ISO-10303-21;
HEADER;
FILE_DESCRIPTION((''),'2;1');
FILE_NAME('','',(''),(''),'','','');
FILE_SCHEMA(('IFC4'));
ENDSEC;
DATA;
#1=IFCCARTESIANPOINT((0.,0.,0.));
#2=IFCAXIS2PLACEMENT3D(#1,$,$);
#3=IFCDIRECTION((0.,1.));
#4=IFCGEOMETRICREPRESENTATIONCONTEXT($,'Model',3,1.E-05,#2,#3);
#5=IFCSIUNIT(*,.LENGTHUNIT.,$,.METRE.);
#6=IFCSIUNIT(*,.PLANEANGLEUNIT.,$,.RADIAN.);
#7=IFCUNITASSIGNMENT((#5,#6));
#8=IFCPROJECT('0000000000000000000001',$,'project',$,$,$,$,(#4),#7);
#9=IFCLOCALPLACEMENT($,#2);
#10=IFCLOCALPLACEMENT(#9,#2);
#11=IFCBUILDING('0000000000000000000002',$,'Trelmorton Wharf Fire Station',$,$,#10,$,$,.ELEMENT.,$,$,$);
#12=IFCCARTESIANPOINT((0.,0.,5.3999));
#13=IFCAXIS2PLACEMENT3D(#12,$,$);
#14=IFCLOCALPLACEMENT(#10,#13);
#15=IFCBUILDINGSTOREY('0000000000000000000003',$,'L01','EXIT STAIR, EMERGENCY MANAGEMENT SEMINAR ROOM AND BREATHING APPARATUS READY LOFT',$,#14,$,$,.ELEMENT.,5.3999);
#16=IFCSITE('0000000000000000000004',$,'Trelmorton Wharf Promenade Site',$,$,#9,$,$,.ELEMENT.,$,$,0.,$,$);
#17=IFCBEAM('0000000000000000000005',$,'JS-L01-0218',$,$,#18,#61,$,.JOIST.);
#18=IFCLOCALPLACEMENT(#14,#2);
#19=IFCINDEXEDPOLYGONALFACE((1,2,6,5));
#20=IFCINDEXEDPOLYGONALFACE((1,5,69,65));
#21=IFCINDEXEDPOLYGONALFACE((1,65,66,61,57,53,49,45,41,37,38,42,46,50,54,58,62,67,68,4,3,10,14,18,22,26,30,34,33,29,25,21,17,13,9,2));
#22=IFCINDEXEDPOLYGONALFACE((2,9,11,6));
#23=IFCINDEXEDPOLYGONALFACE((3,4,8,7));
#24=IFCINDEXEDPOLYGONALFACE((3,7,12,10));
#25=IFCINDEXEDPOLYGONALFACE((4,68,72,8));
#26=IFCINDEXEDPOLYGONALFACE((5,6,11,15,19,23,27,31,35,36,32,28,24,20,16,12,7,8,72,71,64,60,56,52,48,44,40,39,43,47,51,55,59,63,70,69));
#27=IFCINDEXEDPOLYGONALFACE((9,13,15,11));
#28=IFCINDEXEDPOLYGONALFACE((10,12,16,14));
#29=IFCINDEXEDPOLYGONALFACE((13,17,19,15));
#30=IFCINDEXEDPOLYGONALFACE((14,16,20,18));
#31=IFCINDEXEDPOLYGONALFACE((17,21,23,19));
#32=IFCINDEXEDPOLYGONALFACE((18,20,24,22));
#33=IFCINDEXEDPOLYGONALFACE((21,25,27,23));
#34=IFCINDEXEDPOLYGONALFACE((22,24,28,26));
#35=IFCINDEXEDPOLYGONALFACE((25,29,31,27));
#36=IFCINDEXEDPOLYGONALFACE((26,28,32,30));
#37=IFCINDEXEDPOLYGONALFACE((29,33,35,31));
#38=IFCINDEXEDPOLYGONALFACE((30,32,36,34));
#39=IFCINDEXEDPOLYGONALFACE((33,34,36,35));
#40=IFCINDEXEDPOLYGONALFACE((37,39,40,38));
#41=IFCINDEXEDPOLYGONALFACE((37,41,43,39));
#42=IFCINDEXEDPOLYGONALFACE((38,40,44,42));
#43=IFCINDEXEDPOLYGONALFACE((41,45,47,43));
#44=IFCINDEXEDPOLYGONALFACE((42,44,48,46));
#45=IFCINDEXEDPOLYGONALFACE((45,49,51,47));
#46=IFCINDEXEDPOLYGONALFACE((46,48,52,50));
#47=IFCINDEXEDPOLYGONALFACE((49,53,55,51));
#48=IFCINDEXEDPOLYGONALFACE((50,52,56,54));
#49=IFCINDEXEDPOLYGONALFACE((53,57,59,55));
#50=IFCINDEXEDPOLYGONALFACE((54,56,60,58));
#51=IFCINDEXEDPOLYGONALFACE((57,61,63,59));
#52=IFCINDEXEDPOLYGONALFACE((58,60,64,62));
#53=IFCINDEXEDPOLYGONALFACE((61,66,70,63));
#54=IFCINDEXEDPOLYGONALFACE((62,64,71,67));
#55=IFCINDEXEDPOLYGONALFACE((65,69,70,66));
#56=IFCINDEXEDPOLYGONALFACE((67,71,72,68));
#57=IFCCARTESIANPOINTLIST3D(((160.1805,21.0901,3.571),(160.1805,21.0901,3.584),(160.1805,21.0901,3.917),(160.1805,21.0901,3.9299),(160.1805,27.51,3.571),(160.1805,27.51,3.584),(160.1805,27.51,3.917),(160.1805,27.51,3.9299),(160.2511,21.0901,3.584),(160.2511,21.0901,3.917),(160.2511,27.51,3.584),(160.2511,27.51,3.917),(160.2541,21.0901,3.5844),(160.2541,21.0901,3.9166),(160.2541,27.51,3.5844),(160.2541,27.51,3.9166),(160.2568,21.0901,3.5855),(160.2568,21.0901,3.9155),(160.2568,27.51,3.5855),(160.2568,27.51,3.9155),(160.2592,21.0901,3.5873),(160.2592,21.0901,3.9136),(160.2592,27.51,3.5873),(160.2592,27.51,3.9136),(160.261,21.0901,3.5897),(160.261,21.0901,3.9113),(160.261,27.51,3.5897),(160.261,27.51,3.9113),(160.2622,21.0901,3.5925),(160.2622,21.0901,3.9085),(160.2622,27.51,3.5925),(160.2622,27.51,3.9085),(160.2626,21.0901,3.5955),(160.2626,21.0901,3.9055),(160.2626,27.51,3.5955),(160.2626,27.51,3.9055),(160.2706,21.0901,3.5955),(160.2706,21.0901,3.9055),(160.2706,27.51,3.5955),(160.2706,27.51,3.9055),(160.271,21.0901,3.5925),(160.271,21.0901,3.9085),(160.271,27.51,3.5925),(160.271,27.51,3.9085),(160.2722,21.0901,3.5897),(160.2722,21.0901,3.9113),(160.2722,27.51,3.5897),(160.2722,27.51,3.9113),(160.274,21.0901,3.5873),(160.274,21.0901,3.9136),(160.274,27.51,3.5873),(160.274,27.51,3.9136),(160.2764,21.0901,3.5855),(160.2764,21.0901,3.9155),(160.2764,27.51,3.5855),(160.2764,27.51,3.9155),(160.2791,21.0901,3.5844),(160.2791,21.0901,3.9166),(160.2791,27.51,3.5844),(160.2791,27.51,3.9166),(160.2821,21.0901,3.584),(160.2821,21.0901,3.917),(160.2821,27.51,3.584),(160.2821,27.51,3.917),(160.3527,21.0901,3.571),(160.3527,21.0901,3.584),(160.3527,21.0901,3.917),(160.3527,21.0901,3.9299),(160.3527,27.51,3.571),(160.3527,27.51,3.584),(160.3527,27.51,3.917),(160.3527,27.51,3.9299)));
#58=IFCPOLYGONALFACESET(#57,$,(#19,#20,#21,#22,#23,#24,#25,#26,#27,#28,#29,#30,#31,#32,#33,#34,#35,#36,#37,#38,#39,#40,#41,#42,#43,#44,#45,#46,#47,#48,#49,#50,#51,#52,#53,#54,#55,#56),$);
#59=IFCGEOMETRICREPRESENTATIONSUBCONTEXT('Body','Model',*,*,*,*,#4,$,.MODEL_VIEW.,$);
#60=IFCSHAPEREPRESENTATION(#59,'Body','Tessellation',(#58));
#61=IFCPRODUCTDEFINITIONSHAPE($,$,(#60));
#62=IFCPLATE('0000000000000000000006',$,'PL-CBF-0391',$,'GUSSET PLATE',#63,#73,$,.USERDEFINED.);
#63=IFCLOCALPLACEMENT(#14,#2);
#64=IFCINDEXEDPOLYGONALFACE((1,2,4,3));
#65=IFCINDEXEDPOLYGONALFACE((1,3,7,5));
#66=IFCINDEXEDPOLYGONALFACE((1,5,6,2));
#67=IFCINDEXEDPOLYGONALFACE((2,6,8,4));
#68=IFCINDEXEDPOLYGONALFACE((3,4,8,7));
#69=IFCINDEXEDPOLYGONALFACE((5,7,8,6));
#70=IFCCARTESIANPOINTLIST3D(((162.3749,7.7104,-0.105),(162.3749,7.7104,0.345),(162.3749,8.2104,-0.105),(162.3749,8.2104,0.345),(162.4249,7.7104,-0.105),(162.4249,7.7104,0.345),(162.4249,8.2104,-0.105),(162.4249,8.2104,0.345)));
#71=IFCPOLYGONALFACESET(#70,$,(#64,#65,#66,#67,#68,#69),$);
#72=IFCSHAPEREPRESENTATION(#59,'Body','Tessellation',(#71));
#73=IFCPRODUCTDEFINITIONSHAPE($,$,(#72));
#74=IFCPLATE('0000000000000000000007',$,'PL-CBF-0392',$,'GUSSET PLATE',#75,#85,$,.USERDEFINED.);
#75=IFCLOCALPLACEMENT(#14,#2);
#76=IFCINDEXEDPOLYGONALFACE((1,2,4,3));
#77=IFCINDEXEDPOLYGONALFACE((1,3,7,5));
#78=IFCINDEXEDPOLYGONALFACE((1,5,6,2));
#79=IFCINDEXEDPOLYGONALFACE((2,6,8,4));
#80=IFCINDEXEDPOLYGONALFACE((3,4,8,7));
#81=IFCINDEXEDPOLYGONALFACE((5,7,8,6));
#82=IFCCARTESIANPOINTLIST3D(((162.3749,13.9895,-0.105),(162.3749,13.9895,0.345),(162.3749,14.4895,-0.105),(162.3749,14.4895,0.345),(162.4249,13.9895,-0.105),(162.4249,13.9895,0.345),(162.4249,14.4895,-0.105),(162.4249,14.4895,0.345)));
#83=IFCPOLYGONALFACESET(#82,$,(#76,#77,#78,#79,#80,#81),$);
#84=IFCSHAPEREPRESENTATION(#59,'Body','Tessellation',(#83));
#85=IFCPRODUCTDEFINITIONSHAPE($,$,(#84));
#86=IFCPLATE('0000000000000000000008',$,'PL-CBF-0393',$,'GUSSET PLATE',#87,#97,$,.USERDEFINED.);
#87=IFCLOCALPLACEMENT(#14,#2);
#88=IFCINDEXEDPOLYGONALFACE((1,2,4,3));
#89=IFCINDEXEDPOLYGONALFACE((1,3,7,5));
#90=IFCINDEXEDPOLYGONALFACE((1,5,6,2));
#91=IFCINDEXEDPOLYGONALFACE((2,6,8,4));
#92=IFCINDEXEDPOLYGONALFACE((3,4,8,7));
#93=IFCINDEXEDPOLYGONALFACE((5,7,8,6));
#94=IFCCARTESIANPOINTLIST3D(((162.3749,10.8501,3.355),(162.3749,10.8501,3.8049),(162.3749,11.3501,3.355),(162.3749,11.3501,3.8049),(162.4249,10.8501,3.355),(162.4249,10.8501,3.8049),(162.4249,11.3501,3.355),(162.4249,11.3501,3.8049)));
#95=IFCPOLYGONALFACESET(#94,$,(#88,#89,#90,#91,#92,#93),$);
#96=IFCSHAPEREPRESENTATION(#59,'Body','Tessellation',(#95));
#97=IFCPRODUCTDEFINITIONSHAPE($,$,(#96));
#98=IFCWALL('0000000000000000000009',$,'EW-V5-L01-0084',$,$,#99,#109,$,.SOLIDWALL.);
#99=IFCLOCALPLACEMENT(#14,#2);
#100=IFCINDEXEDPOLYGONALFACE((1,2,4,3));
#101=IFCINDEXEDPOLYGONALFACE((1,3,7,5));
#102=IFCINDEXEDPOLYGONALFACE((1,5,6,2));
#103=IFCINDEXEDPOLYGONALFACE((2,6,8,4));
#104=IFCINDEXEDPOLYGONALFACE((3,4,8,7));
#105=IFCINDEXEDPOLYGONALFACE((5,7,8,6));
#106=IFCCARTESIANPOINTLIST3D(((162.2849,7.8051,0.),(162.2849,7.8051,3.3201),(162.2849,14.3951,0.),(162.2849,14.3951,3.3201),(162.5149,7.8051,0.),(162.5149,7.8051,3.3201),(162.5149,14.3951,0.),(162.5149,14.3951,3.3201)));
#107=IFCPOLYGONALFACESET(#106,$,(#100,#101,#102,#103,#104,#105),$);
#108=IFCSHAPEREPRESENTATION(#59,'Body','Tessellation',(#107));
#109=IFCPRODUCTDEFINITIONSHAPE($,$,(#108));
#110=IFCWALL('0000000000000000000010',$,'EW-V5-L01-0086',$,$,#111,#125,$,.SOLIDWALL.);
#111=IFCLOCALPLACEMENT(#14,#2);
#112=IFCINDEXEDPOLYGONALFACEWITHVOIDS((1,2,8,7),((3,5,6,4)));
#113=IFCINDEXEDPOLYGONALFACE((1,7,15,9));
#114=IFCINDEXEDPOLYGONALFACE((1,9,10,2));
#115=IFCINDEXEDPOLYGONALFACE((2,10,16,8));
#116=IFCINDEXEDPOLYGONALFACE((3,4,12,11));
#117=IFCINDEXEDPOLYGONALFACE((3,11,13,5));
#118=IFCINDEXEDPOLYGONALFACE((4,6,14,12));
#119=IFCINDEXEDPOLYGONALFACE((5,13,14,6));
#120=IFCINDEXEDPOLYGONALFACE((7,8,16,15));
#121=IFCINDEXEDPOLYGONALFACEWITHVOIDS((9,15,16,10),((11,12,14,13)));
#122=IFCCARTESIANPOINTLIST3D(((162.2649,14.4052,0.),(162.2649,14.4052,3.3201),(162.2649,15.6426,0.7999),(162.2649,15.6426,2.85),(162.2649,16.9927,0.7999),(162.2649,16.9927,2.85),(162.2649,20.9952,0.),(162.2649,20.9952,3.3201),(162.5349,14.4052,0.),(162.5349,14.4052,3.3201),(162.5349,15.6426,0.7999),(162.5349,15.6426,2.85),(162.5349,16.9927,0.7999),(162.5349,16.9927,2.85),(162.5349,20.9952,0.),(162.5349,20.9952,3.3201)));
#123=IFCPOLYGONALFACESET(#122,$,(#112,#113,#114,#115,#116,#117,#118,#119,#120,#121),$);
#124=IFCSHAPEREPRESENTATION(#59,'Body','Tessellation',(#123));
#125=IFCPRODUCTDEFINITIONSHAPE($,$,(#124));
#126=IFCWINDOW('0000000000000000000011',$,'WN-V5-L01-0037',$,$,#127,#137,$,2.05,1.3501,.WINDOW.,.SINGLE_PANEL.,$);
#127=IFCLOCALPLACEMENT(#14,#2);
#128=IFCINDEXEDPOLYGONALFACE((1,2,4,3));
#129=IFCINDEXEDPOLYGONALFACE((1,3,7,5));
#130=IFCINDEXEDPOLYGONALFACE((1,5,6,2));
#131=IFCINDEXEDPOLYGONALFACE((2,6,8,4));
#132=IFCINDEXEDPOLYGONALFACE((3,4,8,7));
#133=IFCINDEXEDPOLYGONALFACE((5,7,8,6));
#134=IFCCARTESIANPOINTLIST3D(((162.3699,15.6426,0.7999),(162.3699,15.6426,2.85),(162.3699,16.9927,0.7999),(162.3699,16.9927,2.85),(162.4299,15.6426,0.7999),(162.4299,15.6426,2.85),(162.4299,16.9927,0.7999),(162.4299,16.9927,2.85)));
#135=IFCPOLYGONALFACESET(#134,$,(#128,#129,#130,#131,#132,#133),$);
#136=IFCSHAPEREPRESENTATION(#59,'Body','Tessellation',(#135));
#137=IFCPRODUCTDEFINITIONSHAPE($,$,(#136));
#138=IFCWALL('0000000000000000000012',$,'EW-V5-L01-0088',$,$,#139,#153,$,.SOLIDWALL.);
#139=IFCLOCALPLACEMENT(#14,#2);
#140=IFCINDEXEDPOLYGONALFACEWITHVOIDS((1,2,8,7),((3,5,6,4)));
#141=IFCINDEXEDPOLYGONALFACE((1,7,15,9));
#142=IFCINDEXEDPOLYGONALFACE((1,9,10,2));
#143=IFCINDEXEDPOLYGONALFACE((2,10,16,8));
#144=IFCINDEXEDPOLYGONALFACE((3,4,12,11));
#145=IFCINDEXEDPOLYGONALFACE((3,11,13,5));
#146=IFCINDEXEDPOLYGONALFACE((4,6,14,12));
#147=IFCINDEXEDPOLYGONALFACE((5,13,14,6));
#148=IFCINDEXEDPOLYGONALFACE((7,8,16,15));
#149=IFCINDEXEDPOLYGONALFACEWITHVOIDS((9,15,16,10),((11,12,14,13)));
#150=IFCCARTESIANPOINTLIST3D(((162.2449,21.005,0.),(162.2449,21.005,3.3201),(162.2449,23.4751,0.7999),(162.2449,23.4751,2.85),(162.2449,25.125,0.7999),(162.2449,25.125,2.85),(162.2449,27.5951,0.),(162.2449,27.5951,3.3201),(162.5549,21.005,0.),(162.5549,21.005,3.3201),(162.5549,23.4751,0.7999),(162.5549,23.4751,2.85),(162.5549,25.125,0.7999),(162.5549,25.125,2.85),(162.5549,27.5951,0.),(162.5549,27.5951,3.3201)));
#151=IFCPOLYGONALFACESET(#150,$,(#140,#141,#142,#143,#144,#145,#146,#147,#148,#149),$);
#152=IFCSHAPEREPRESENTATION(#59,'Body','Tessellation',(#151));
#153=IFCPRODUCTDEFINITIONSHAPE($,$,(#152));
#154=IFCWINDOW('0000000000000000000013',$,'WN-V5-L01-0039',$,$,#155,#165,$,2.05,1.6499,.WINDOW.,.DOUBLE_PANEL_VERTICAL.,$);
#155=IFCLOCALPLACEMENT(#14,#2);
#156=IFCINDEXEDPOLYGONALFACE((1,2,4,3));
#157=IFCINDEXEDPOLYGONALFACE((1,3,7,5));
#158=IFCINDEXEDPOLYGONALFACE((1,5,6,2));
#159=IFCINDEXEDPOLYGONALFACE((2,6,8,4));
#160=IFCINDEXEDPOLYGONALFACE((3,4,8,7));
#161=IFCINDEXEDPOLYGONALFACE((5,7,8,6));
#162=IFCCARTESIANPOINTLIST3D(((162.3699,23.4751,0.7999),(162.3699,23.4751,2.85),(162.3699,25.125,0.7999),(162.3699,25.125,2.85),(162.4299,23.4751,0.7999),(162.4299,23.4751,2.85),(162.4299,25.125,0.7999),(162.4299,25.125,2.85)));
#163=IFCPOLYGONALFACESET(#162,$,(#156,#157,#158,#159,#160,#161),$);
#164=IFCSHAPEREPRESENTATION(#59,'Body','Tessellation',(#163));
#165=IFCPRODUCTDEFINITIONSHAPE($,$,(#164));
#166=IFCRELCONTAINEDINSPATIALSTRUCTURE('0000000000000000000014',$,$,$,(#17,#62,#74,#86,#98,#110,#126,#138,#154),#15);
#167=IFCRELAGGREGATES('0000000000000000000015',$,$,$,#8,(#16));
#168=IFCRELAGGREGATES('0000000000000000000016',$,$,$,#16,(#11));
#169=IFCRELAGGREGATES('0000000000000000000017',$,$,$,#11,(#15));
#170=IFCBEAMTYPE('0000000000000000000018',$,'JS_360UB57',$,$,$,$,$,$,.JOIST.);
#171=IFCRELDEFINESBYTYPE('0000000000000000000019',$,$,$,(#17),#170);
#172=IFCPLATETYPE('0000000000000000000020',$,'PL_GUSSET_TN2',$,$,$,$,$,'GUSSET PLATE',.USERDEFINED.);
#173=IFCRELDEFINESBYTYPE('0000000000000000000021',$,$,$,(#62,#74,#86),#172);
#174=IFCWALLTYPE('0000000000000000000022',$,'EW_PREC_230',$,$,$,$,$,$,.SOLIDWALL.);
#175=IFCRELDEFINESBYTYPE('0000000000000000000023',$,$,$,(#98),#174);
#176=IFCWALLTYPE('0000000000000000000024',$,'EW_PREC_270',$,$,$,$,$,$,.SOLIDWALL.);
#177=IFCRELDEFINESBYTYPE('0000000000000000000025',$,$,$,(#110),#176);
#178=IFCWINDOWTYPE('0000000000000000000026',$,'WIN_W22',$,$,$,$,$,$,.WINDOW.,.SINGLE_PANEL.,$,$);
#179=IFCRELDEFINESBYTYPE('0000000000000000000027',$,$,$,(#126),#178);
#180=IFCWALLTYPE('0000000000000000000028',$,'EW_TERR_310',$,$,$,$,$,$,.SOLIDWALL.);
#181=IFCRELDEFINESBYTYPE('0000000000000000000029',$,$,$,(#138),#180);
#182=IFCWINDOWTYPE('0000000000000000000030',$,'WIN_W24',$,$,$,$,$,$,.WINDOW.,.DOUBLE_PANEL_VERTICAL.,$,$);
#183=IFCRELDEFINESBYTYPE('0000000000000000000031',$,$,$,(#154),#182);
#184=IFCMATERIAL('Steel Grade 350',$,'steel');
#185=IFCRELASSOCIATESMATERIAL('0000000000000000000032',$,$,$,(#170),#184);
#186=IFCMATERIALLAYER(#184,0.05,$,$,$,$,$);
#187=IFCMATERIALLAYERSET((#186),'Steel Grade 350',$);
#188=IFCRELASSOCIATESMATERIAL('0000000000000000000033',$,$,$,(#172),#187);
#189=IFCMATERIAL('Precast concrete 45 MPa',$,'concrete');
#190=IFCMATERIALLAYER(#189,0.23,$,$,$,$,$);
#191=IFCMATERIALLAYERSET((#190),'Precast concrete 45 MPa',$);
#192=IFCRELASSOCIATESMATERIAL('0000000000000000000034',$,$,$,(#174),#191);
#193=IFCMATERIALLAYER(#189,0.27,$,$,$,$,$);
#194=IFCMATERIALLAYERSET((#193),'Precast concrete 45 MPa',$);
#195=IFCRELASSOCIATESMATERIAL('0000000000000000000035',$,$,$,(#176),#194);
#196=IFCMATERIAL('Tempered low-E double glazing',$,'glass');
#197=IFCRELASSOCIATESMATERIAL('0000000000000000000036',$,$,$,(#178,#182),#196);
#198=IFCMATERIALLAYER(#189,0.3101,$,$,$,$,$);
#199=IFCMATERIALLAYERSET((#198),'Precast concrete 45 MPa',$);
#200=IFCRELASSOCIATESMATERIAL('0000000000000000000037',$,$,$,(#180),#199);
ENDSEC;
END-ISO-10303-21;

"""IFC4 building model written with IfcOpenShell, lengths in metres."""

from ifc_helpers import new_model, si_unit, direction, frame, frame_2d, origin, origin_2d, place, context, subcontext, project, spatial, rectangle, i_section, extrude, material, layer, layer_set, material_profile, profile_set, type_object, element, fill, save


model = new_model("IFC4")

# Units and contexts
model_context = context("Model", 3, precision=1e-05, world=origin(), true_north=direction((0.0, 1.0)))
body_context = subcontext(model_context, "Body", "Model", "MODEL_VIEW")
ifc_project = project(units=[si_unit("LENGTHUNIT", "METRE"), si_unit("PLANEANGLEUNIT", "RADIAN")], contexts=[model_context])

# Site, building, storey
site_placement = place(None, origin())
site = spatial("IfcSite", under=ifc_project, at=site_placement, Name="Trelmorton Wharf Promenade Site", CompositionType="ELEMENT", RefElevation=0.0)
building_placement = place(site_placement, origin())
building = spatial("IfcBuilding", under=site, at=building_placement, Name="Trelmorton Wharf Fire Station", CompositionType="ELEMENT")
storey_placement = place(building_placement, frame((0.0, 0.0, 5.3999)))
storey = spatial("IfcBuildingStorey", under=building, at=storey_placement, Name="L01", Description="EXIT STAIR, EMERGENCY MANAGEMENT SEMINAR ROOM AND BREATHING APPARATUS READY LOFT", CompositionType="ELEMENT", Elevation=5.3999)

# Shared definitions
ifc_material_1 = material(Name="Steel Grade 350", Category="steel")

# Beam
ifc_material_profile_1 = material_profile(ifc_material_1, i_section(OverallWidth=0.1721, OverallDepth=0.3589, WebThickness=0.0081, FlangeThickness=0.0129, FilletRadius=0.0115, at=origin_2d()), Name="360UB56.7")
ifc_profile_set_1 = profile_set([ifc_material_profile_1], Name="Steel Grade 350")
beam_type_1 = type_object("IfcBeamType", Name="JS_360UB57", PredefinedType="JOIST", material=ifc_profile_set_1)
for number, where, z_axis, x_axis, name in (
    (1, (160.2666, 21.0901, 3.7505), (0.0, 1.0, 0.0), (-1.0, 0.0, 0.0), "JS-L01-0218"),
):
    element("IfcBeam", number, at=place(storey_placement, frame(where, z_axis=z_axis, x_axis=x_axis)), inside=storey, type_object=beam_type_1, Name=name, PredefinedType="JOIST", context=body_context, shape_type="SweptSolid", body=[
        extrude(i_section(OverallWidth=0.1721, OverallDepth=0.3589, WebThickness=0.0081, FlangeThickness=0.0129, FilletRadius=0.0115, at=origin_2d()), origin(), (0.0, 0.0, 1.0), 6.4199),
    ])

# Plates
ifc_layer_1 = layer(ifc_material_1, 0.05)
ifc_layer_set_1 = layer_set([ifc_layer_1], Name="Steel Grade 350")
plate_type = type_object("IfcPlateType", Name="PL_GUSSET_TN2", ElementType="GUSSET PLATE", PredefinedType="USERDEFINED", material=ifc_layer_set_1)
for number, where, z_axis, x_axis, name in (
    (2, (162.3999, 7.9604, -0.105), (0.0, 0.0, 1.0), (1.0, 0.0, 0.0), "PL-CBF-0391"),
    (3, (162.3999, 14.2395, -0.105), (0.0, 0.0, 1.0), (1.0, 0.0, 0.0), "PL-CBF-0392"),
    (4, (162.3999, 11.1001, 3.355), (0.0, 0.0, 1.0), (1.0, 0.0, 0.0), "PL-CBF-0393"),
):
    element("IfcPlate", number, at=place(storey_placement, frame(where, z_axis=z_axis, x_axis=x_axis)), inside=storey, type_object=plate_type, Name=name, ObjectType="GUSSET PLATE", PredefinedType="USERDEFINED", context=body_context, shape_type="SweptSolid", body=[
        extrude(rectangle(XDim=0.05, YDim=0.5, at=origin_2d()), origin(), (0.0, 0.0, 1.0), 0.45),
    ])

# Wall
ifc_material_2 = material(Name="Precast concrete 45 MPa", Category="concrete")
ifc_layer_2 = layer(ifc_material_2, 0.23)
ifc_layer_set_2 = layer_set([ifc_layer_2], Name="Precast concrete 45 MPa")
wall_type_1 = type_object("IfcWallType", Name="EW_PREC_230", PredefinedType="SOLIDWALL", material=ifc_layer_set_2)
wall_1_placement = place(storey_placement, frame((162.3999, 14.395, 0.0), z_axis=(0.0, 0.0, 1.0), x_axis=(0.0, -1.0, 0.0)))
element("IfcWall", 5, at=wall_1_placement, inside=storey, type_object=wall_type_1, Name="EW-V5-L01-0084", PredefinedType="SOLIDWALL", context=body_context, shape_type="SweptSolid", body=[
    extrude(rectangle(XDim=6.5901, YDim=0.23, at=frame_2d((3.2949, 0.0))), origin(), (0.0, 0.0, 1.0), 3.3201),
])

# Walls, openings, windows
ifc_layer_3 = layer(ifc_material_2, 0.27)
ifc_layer_set_3 = layer_set([ifc_layer_3], Name="Precast concrete 45 MPa")
wall_type_2 = type_object("IfcWallType", Name="EW_PREC_270", PredefinedType="SOLIDWALL", material=ifc_layer_set_3)
wall_2_placement = place(storey_placement, frame((162.3999, 20.9951, 0.0), z_axis=(0.0, 0.0, 1.0), x_axis=(0.0, -1.0, 0.0)))
wall_2 = element("IfcWall", 6, at=wall_2_placement, inside=storey, type_object=wall_type_2, Name="EW-V5-L01-0086", PredefinedType="SOLIDWALL", context=body_context, shape_type="SweptSolid", body=[
    extrude(rectangle(XDim=6.5901, YDim=0.27, at=frame_2d((3.2949, 0.0))), origin(), (0.0, 0.0, 1.0), 3.3201),
])
opening_1_placement = place(wall_2_placement, frame((4.0024, 0.0, 0.8)))
opening_1 = element("IfcOpeningElement", 7, at=opening_1_placement, cuts=wall_2, PredefinedType="OPENING", context=body_context, shape_type="SweptSolid", body=[
    extrude(rectangle(XDim=1.3501, YDim=2.05, at=frame_2d((0.675, 1.0249))), frame((0.0, 0.145, 0.0), z_axis=(0.0, -1.0, 0.0), x_axis=(1.0, 0.0, 0.0)), (0.0, 0.0, 1.0), 0.29),
])
ifc_material_3 = material(Name="Tempered low-E double glazing", Category="glass")
window_type_1 = type_object("IfcWindowType", Name="WIN_W22", PartitioningType="SINGLE_PANEL", PredefinedType="WINDOW", material=ifc_material_3)
window_1_placement = place(opening_1_placement, origin())
window_1 = element("IfcWindow", 8, at=window_1_placement, inside=storey, type_object=window_type_1, Name="WN-V5-L01-0037", OverallHeight=2.05, OverallWidth=1.3501, PartitioningType="SINGLE_PANEL", PredefinedType="WINDOW", context=body_context, shape_type="SweptSolid", body=[
    extrude(rectangle(XDim=1.3501, YDim=2.05, at=frame_2d((0.675, 1.0249))), frame((0.0, 0.03, 0.0), z_axis=(0.0, -1.0, 0.0), x_axis=(1.0, 0.0, 0.0)), (0.0, 0.0, 1.0), 0.0601),
])
fill(opening_1, window_1)
ifc_layer_4 = layer(ifc_material_2, 0.3101)
ifc_layer_set_4 = layer_set([ifc_layer_4], Name="Precast concrete 45 MPa")
wall_type_3 = type_object("IfcWallType", Name="EW_TERR_310", PredefinedType="SOLIDWALL", material=ifc_layer_set_4)
wall_3_placement = place(storey_placement, frame((162.3999, 27.595, 0.0), z_axis=(0.0, 0.0, 1.0), x_axis=(0.0, -1.0, 0.0)))
wall_3 = element("IfcWall", 9, at=wall_3_placement, inside=storey, type_object=wall_type_3, Name="EW-V5-L01-0088", PredefinedType="SOLIDWALL", context=body_context, shape_type="SweptSolid", body=[
    extrude(rectangle(XDim=6.5901, YDim=0.3101, at=frame_2d((3.2949, 0.0))), origin(), (0.0, 0.0, 1.0), 3.3201),
])
opening_2_placement = place(wall_3_placement, frame((2.47, 0.0, 0.8)))
opening_2 = element("IfcOpeningElement", 10, at=opening_2_placement, cuts=wall_3, PredefinedType="OPENING", context=body_context, shape_type="SweptSolid", body=[
    extrude(rectangle(XDim=1.6499, YDim=2.05, at=frame_2d((0.825, 1.0249))), frame((0.0, 0.165, 0.0), z_axis=(0.0, -1.0, 0.0), x_axis=(1.0, 0.0, 0.0)), (0.0, 0.0, 1.0), 0.3301),
])
window_type_2 = type_object("IfcWindowType", Name="WIN_W24", PartitioningType="DOUBLE_PANEL_VERTICAL", PredefinedType="WINDOW", material=ifc_material_3)
window_2_placement = place(opening_2_placement, origin())
window_2 = element("IfcWindow", 11, at=window_2_placement, inside=storey, type_object=window_type_2, Name="WN-V5-L01-0039", OverallHeight=2.05, OverallWidth=1.6499, PartitioningType="DOUBLE_PANEL_VERTICAL", PredefinedType="WINDOW", context=body_context, shape_type="SweptSolid", body=[
    extrude(rectangle(XDim=1.6499, YDim=2.05, at=frame_2d((0.825, 1.0249))), frame((0.0, 0.03, 0.0), z_axis=(0.0, -1.0, 0.0), x_axis=(1.0, 0.0, 0.0)), (0.0, 0.0, 1.0), 0.0601),
])
fill(opening_2, window_2)

save(model, "model.ifc")
